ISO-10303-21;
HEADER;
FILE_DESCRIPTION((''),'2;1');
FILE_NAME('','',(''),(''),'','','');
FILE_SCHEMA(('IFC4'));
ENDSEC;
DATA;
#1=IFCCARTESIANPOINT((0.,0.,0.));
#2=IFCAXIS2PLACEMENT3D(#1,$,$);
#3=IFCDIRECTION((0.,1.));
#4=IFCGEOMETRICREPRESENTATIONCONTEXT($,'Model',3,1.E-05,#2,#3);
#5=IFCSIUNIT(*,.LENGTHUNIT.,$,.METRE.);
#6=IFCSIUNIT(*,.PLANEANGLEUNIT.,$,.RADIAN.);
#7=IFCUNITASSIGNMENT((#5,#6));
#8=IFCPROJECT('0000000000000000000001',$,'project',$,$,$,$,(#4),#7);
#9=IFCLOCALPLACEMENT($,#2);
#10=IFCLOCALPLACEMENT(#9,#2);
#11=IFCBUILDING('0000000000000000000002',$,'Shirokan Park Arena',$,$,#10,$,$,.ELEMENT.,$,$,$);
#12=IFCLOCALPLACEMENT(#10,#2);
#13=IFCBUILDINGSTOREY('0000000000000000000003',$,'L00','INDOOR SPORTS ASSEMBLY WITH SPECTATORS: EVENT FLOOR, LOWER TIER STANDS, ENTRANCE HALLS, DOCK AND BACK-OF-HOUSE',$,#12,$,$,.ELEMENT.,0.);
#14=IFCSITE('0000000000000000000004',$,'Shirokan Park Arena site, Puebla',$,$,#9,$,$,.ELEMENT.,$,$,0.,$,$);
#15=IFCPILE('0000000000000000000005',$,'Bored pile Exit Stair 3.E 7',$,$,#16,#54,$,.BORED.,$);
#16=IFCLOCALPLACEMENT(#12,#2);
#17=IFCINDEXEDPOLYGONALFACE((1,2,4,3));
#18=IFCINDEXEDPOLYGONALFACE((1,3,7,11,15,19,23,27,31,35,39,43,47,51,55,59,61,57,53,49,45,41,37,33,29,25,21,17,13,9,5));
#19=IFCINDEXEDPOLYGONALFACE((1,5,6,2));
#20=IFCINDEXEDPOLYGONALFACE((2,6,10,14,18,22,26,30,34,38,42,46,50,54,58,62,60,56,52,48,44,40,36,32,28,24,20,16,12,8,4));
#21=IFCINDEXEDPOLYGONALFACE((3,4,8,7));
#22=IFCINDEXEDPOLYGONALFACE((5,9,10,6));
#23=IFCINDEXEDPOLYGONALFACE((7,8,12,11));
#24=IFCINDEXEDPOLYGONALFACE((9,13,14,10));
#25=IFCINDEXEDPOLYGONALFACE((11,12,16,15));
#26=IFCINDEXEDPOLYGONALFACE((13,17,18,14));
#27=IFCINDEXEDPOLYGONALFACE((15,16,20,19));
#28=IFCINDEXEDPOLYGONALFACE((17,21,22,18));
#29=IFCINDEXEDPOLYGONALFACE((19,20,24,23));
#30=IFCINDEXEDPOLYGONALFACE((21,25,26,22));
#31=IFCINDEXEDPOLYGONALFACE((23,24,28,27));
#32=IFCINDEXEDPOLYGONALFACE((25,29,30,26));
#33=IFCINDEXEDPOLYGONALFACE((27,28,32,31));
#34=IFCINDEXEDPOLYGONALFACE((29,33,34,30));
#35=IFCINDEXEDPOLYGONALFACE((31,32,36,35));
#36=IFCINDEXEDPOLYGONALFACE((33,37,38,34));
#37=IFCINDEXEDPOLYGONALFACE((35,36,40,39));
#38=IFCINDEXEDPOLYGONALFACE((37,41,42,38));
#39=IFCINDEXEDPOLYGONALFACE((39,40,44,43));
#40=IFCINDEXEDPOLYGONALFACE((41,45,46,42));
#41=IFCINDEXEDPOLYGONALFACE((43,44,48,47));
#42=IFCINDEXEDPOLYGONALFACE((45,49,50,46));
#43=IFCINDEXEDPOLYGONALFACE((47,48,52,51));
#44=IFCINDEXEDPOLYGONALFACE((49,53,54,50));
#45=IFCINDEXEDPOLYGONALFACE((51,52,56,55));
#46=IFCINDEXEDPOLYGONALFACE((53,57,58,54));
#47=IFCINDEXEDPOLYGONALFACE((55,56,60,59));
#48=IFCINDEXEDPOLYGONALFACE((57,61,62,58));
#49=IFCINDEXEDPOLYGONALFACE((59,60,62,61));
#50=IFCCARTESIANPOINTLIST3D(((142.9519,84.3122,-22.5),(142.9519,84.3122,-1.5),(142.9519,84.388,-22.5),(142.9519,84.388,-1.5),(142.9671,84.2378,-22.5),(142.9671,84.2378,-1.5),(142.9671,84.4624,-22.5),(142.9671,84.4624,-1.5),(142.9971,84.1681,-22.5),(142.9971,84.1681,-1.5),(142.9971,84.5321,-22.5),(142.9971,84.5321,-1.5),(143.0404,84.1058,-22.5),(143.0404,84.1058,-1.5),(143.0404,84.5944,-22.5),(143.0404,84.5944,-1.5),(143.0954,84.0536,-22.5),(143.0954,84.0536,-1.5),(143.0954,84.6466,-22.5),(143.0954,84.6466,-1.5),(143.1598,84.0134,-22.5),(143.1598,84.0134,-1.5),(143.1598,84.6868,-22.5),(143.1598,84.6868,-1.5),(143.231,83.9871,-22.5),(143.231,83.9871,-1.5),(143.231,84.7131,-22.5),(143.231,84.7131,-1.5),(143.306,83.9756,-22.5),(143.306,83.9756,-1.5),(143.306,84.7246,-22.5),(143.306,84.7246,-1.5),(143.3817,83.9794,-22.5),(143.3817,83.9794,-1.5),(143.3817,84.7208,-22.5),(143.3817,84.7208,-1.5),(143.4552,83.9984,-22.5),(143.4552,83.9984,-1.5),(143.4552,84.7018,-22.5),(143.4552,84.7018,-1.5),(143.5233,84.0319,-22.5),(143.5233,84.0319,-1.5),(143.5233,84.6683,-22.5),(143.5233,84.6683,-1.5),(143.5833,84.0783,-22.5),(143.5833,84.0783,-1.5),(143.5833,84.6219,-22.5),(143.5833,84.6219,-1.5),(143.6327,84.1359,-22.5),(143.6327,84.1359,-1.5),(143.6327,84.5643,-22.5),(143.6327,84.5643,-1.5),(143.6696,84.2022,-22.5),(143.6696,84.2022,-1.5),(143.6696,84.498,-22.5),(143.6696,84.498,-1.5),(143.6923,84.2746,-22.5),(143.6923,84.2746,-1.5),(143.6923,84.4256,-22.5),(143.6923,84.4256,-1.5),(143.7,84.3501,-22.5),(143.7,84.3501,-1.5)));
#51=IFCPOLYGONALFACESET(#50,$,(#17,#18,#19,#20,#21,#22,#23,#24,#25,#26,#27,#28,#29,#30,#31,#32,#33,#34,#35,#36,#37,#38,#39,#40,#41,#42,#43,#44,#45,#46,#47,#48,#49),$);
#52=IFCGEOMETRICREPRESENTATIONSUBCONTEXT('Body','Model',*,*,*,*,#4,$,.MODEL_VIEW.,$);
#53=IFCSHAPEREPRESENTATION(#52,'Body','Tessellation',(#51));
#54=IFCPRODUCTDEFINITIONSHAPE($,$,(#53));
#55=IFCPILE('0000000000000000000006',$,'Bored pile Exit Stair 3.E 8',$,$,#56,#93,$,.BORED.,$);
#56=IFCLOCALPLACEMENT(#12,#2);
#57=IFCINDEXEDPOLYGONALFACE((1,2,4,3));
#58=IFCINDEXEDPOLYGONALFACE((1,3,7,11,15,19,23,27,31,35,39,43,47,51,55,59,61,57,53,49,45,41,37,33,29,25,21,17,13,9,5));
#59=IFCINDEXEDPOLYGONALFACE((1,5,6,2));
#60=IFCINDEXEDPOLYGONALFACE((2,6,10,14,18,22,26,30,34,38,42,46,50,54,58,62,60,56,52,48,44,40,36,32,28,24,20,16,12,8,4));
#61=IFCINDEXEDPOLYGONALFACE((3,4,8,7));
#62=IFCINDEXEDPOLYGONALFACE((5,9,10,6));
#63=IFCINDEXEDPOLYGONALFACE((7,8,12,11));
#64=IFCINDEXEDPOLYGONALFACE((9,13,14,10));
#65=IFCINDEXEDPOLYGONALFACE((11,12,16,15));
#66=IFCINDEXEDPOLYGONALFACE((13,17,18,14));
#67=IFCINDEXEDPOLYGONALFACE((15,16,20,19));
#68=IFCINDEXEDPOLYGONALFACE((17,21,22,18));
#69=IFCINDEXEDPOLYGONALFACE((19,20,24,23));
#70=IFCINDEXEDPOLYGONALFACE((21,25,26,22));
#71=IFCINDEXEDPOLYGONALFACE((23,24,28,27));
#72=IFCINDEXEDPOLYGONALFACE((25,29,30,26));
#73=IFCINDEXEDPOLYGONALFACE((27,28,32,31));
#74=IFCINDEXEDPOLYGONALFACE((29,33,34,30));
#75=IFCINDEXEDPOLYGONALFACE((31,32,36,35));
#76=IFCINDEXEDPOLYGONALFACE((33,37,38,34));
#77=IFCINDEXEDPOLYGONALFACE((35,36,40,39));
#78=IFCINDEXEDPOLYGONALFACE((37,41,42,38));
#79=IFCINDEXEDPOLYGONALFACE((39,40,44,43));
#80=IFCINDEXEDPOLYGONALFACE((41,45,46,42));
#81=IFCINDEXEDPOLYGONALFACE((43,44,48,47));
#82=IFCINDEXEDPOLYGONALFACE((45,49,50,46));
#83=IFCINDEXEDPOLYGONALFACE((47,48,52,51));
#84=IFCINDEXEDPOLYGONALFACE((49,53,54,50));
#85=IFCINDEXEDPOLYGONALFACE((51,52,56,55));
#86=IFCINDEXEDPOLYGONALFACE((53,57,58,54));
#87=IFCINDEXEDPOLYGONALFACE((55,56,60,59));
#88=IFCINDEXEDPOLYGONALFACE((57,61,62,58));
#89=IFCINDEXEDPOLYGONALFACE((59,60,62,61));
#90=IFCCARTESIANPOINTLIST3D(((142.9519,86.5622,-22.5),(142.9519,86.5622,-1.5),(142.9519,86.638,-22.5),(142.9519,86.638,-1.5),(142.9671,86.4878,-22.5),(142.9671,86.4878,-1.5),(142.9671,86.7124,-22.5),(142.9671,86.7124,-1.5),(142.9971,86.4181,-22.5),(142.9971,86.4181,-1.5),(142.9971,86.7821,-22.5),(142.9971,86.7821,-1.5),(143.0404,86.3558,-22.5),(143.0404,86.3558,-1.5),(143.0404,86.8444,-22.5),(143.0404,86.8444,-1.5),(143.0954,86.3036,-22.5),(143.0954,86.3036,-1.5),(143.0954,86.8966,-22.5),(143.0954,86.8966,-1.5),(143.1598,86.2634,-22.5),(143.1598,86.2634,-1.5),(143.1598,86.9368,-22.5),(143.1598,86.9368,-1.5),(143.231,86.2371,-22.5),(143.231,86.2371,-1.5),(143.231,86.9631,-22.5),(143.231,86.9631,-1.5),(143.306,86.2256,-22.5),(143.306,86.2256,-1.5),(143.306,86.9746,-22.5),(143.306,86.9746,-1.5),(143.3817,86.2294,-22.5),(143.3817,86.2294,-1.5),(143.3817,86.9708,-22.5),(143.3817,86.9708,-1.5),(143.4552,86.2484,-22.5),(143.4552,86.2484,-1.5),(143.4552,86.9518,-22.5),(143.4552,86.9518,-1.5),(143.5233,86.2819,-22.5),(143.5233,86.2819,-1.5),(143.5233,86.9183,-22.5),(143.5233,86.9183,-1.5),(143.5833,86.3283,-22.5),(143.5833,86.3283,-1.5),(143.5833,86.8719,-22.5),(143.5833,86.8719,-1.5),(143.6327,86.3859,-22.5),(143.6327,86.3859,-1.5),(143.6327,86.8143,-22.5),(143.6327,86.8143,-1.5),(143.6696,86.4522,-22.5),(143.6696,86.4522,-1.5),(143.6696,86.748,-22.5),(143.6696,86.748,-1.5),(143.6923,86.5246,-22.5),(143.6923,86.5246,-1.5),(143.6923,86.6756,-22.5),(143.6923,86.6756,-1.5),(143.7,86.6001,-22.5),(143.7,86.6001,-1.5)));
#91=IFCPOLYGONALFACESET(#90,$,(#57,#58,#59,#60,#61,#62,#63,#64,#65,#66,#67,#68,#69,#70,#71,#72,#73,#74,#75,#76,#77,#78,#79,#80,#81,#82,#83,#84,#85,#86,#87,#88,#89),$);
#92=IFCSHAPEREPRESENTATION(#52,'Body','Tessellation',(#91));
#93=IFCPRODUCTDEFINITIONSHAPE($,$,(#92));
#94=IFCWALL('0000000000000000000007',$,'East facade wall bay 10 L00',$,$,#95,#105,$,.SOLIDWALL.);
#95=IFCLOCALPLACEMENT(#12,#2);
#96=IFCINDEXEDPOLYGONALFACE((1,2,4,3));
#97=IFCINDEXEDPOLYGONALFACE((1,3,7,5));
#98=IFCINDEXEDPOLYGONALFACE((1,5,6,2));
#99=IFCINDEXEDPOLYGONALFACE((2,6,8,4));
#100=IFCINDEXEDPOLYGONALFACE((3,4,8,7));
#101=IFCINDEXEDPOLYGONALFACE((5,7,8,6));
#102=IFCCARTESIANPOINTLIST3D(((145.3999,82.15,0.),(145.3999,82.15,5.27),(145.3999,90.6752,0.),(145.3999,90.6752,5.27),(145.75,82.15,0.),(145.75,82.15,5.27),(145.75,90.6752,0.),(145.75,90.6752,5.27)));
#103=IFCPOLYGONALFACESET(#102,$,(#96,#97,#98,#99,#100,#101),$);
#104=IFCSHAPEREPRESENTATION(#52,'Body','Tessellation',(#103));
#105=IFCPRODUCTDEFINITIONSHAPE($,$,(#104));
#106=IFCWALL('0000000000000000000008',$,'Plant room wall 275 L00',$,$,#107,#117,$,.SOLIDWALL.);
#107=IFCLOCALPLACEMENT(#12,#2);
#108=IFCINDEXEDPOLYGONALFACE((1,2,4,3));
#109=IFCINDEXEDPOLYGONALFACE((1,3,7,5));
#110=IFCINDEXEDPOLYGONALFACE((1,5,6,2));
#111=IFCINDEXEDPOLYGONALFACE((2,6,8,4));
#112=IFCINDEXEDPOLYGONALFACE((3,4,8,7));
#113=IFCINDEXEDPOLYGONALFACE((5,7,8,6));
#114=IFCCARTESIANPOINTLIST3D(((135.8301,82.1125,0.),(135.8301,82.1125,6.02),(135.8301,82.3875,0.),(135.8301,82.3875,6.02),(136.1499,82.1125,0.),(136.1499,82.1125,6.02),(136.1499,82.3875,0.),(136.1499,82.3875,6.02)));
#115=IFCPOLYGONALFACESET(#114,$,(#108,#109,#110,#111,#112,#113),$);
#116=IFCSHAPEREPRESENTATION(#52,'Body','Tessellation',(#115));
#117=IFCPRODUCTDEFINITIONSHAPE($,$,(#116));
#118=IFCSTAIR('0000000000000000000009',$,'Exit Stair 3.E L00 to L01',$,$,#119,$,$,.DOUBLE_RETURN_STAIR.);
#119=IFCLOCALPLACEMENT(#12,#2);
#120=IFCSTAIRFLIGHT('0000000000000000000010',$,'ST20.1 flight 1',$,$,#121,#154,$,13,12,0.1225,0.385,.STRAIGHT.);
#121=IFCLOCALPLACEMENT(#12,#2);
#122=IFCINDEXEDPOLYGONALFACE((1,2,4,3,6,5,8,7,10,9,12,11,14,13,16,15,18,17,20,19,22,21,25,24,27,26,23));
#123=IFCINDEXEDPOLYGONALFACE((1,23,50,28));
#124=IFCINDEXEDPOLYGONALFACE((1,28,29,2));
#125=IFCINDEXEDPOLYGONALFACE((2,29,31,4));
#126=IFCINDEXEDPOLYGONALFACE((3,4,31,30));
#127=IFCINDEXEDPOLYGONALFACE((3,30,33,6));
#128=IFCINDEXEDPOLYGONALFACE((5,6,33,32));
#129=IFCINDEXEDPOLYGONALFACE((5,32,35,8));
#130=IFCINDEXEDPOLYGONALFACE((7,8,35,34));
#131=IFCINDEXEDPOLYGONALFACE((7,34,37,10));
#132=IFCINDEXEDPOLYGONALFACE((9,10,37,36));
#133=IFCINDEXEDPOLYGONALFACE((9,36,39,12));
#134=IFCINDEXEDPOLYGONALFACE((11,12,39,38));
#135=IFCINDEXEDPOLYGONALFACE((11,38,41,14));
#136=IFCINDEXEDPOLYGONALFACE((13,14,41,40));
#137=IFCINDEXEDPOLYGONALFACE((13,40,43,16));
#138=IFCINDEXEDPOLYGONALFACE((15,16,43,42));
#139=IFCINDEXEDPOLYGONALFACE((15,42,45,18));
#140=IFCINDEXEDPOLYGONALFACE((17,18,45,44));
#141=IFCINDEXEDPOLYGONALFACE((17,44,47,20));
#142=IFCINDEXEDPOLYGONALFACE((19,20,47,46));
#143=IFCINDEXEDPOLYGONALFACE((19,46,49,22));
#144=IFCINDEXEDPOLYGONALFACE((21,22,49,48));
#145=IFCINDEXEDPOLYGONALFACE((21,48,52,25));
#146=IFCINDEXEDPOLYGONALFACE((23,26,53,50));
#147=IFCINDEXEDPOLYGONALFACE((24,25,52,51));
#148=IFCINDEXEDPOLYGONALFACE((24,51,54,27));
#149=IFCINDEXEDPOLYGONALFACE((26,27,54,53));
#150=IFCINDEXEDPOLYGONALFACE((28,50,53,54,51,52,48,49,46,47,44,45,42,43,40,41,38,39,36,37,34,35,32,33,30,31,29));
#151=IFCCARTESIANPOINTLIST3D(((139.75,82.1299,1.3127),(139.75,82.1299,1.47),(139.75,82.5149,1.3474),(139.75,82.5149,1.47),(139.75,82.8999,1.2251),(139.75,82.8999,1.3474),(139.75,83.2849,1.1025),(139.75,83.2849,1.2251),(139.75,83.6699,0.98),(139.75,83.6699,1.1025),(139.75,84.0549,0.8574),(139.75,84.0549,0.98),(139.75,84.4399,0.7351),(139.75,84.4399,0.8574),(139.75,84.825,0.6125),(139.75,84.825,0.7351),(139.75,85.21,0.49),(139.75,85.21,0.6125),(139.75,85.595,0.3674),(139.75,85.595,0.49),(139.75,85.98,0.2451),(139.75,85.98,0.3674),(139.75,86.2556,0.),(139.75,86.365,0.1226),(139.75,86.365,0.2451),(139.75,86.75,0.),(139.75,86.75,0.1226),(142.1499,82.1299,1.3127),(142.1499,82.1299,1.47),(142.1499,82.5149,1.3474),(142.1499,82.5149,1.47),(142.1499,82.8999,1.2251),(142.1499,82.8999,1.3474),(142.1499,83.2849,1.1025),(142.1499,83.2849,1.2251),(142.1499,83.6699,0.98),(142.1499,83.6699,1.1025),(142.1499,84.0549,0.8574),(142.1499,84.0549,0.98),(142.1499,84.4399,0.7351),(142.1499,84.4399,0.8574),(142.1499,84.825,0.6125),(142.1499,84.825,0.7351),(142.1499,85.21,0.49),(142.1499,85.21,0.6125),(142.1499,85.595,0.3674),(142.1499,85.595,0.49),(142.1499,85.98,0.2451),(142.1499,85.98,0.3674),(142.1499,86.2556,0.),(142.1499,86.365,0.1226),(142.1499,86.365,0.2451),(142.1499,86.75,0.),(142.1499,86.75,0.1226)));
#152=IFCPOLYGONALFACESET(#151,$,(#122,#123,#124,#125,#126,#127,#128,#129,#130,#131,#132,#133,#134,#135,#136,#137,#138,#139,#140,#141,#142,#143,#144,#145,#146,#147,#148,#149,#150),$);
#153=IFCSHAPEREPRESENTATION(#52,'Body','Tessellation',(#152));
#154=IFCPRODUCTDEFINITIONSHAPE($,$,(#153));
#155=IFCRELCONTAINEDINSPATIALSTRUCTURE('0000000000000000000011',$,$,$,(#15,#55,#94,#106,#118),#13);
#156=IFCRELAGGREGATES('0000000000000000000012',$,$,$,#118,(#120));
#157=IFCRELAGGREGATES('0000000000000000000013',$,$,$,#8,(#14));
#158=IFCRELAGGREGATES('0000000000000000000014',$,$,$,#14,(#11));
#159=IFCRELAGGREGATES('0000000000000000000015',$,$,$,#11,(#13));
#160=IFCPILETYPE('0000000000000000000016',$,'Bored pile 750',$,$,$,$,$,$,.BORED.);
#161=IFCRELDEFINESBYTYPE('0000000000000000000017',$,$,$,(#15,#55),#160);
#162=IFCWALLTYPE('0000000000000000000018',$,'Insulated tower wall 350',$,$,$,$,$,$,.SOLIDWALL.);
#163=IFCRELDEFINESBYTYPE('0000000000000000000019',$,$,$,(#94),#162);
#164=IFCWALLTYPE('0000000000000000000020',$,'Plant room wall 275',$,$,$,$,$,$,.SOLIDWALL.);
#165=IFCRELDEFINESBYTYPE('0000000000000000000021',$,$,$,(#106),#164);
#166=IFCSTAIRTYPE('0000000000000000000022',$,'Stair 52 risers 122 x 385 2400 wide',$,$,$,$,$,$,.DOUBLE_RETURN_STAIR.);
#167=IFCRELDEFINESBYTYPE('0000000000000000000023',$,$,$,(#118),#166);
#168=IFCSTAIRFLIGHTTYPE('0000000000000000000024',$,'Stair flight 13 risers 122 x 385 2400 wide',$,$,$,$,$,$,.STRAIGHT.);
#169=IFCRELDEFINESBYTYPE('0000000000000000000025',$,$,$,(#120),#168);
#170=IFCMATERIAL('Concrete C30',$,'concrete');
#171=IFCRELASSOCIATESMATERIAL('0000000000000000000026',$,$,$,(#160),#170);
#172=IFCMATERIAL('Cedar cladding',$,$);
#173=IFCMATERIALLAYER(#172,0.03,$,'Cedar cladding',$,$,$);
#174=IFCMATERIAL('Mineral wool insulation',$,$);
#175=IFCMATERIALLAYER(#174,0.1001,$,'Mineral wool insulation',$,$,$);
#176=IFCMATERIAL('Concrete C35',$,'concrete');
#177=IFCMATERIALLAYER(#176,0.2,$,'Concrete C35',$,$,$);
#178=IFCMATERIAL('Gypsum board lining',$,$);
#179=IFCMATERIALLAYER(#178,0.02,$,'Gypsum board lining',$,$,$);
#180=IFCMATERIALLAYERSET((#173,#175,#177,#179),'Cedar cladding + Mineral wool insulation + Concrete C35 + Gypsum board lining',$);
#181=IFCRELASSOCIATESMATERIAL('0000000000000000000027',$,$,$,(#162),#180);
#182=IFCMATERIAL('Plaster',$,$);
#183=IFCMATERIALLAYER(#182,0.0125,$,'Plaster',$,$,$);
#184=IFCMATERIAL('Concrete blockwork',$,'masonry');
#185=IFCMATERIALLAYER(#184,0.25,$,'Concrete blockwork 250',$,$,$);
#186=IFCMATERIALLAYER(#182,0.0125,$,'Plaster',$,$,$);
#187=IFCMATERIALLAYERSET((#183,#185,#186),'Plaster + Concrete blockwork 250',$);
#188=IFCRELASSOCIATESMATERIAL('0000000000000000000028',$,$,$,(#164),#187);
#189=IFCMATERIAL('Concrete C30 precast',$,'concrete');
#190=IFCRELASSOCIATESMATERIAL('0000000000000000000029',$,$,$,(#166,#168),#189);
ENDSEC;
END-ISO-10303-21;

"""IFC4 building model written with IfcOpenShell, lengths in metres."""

from ifc_helpers import new_model, si_unit, direction, frame, frame_2d, origin, origin_2d, place, context, subcontext, project, spatial, polyline, rectangle, circle, outline, extrude, material, layer, layer_set, material_profile, profile_set, type_object, element, aggregate, save


model = new_model("IFC4")

# Units and contexts
model_context = context("Model", 3, precision=1e-05, world=origin(), true_north=direction((0.0, 1.0)))
body_context = subcontext(model_context, "Body", "Model", "MODEL_VIEW")
ifc_project = project(units=[si_unit("LENGTHUNIT", "METRE"), si_unit("PLANEANGLEUNIT", "RADIAN")], contexts=[model_context])

# Site, building, storey
site_placement = place(None, origin())
site = spatial("IfcSite", under=ifc_project, at=site_placement, Name="Shirokan Park Arena site, Puebla", CompositionType="ELEMENT", RefElevation=0.0)
building_placement = place(site_placement, origin())
building = spatial("IfcBuilding", under=site, at=building_placement, Name="Shirokan Park Arena", CompositionType="ELEMENT")
storey_placement = place(building_placement, origin())
storey = spatial("IfcBuildingStorey", under=building, at=storey_placement, Name="L00", Description="INDOOR SPORTS ASSEMBLY WITH SPECTATORS: EVENT FLOOR, LOWER TIER STANDS, ENTRANCE HALLS, DOCK AND BACK-OF-HOUSE", CompositionType="ELEMENT", Elevation=0.0)

# Piles
ifc_material_1 = material(Name="Concrete C30", Category="concrete")
ifc_material_profile_1 = material_profile(ifc_material_1, circle(Radius=0.375, at=origin_2d()), Name="D750")
ifc_profile_set_1 = profile_set([ifc_material_profile_1], Name="Concrete C30")
pile_type_1 = type_object("IfcPileType", Name="Bored pile 750", PredefinedType="BORED", material=ifc_profile_set_1)
for number, where, z_axis, x_axis, name in (
    (1, (143.325, 84.3501, -1.5), (0.0, 0.0, -1.0), (1.0, 0.0, 0.0), "Bored pile Exit Stair 3.E 7"),
    (2, (143.325, 86.6001, -1.5), (0.0, 0.0, -1.0), (1.0, 0.0, 0.0), "Bored pile Exit Stair 3.E 8"),
):
    element("IfcPile", number, at=place(storey_placement, frame(where, z_axis=z_axis, x_axis=x_axis)), inside=storey, type_object=pile_type_1, Name=name, PredefinedType="BORED", context=body_context, shape_type="SweptSolid", body=[
        extrude(circle(Radius=0.375, at=origin_2d()), origin(), (0.0, 0.0, 1.0), 21.0),
    ])

# Walls
ifc_material_2 = material(Name="Cedar cladding")
ifc_layer_1 = layer(ifc_material_2, 0.03, Name="Cedar cladding")
ifc_material_3 = material(Name="Mineral wool insulation")
ifc_layer_2 = layer(ifc_material_3, 0.1001, Name="Mineral wool insulation")
ifc_material_4 = material(Name="Concrete C35", Category="concrete")
ifc_layer_3 = layer(ifc_material_4, 0.2, Name="Concrete C35")
ifc_material_5 = material(Name="Gypsum board lining")
ifc_layer_4 = layer(ifc_material_5, 0.02, Name="Gypsum board lining")
ifc_layer_set_1 = layer_set([ifc_layer_1, ifc_layer_2, ifc_layer_3, ifc_layer_4], Name="Cedar cladding + Mineral wool insulation + Concrete C35 + Gypsum board lining")
wall_type_1 = type_object("IfcWallType", Name="Insulated tower wall 350", PredefinedType="SOLIDWALL", material=ifc_layer_set_1)
wall_1_placement = place(storey_placement, frame((145.575, 82.1499, 0.0), z_axis=(0.0, 0.0, 1.0), x_axis=(0.0, 1.0, 0.0)))
element("IfcWall", 3, at=wall_1_placement, inside=storey, type_object=wall_type_1, Name="East facade wall bay 10 L00", PredefinedType="SOLIDWALL", context=body_context, shape_type="SweptSolid", body=[
    extrude(rectangle(XDim=8.5251, YDim=0.3501, at=frame_2d((4.2627, 0.0))), origin(), (0.0, 0.0, 1.0), 5.27),
])
ifc_material_6 = material(Name="Plaster")
ifc_layer_5 = layer(ifc_material_6, 0.0125, Name="Plaster")
ifc_material_7 = material(Name="Concrete blockwork", Category="masonry")
ifc_layer_6 = layer(ifc_material_7, 0.25, Name="Concrete blockwork 250")
ifc_layer_7 = layer(ifc_material_6, 0.0125, Name="Plaster")
ifc_layer_set_2 = layer_set([ifc_layer_5, ifc_layer_6, ifc_layer_7], Name="Plaster + Concrete blockwork 250")
wall_type_2 = type_object("IfcWallType", Name="Plant room wall 275", PredefinedType="SOLIDWALL", material=ifc_layer_set_2)
wall_2_placement = place(storey_placement, frame((136.1499, 82.25, 0.0), z_axis=(0.0, 0.0, 1.0), x_axis=(-1.0, 0.0, 0.0)))
element("IfcWall", 4, at=wall_2_placement, inside=storey, type_object=wall_type_2, Name="Plant room wall 275 L00", PredefinedType="SOLIDWALL", context=body_context, shape_type="SweptSolid", body=[
    extrude(rectangle(XDim=0.3198, YDim=0.2749, at=frame_2d((0.1599, 0.0))), origin(), (0.0, 0.0, 1.0), 6.02),
])

# Stair, stair flight
ifc_material_8 = material(Name="Concrete C30 precast", Category="concrete")
stair_type = type_object("IfcStairType", Name="Stair 52 risers 122 x 385 2400 wide", PredefinedType="DOUBLE_RETURN_STAIR", material=ifc_material_8)
stair_placement = place(storey_placement, origin())
stair = element("IfcStair", 5, at=stair_placement, inside=storey, type_object=stair_type, Name="Exit Stair 3.E L00 to L01", PredefinedType="DOUBLE_RETURN_STAIR")
stair_flight_type = type_object("IfcStairFlightType", Name="Stair flight 13 risers 122 x 385 2400 wide", PredefinedType="STRAIGHT", material=ifc_material_8)
stair_flight_1_placement = place(storey_placement, frame((140.95, 86.75, 0.0), z_axis=(0.0, 0.0, 1.0), x_axis=(0.0, -1.0, 0.0)))
stair_flight_1 = element("IfcStairFlight", 6, at=stair_flight_1_placement, type_object=stair_flight_type, Name="ST20.1 flight 1", NumberOfRisers=13, NumberOfTreads=12, PredefinedType="STRAIGHT", RiserHeight=0.1225, TreadLength=0.385, context=body_context, shape_type="SweptSolid", body=[
    extrude(outline(polyline([(0.0, 0.0), (0.0, 0.1226), (0.385, 0.1226), (0.385, 0.2451), (0.77, 0.2451), (0.77, 0.3674), (1.155, 0.3674), (1.155, 0.49), (1.54, 0.49), (1.54, 0.6125), (1.925, 0.6125), (1.925, 0.7351), (2.3101, 0.7351), (2.3101, 0.8574), (2.6951, 0.8574), (2.6951, 0.98), (3.0801, 0.98), (3.0801, 1.1025), (3.4651, 1.1025), (3.4651, 1.2251), (3.8501, 1.2251), (3.8501, 1.3474), (4.2351, 1.3474), (4.2351, 1.47), (4.6201, 1.47), (4.6201, 1.5925), (4.6201, 1.3127), (0.4944, 0.0), (0.0, 0.0)])), frame((0.0, 1.2, 0.0), z_axis=(0.0, -1.0, 0.0), x_axis=(1.0, 0.0, 0.0)), (0.0, 0.0, 1.0), 2.3999),
])
aggregate(stair, [stair_flight_1])

save(model, "model.ifc")
